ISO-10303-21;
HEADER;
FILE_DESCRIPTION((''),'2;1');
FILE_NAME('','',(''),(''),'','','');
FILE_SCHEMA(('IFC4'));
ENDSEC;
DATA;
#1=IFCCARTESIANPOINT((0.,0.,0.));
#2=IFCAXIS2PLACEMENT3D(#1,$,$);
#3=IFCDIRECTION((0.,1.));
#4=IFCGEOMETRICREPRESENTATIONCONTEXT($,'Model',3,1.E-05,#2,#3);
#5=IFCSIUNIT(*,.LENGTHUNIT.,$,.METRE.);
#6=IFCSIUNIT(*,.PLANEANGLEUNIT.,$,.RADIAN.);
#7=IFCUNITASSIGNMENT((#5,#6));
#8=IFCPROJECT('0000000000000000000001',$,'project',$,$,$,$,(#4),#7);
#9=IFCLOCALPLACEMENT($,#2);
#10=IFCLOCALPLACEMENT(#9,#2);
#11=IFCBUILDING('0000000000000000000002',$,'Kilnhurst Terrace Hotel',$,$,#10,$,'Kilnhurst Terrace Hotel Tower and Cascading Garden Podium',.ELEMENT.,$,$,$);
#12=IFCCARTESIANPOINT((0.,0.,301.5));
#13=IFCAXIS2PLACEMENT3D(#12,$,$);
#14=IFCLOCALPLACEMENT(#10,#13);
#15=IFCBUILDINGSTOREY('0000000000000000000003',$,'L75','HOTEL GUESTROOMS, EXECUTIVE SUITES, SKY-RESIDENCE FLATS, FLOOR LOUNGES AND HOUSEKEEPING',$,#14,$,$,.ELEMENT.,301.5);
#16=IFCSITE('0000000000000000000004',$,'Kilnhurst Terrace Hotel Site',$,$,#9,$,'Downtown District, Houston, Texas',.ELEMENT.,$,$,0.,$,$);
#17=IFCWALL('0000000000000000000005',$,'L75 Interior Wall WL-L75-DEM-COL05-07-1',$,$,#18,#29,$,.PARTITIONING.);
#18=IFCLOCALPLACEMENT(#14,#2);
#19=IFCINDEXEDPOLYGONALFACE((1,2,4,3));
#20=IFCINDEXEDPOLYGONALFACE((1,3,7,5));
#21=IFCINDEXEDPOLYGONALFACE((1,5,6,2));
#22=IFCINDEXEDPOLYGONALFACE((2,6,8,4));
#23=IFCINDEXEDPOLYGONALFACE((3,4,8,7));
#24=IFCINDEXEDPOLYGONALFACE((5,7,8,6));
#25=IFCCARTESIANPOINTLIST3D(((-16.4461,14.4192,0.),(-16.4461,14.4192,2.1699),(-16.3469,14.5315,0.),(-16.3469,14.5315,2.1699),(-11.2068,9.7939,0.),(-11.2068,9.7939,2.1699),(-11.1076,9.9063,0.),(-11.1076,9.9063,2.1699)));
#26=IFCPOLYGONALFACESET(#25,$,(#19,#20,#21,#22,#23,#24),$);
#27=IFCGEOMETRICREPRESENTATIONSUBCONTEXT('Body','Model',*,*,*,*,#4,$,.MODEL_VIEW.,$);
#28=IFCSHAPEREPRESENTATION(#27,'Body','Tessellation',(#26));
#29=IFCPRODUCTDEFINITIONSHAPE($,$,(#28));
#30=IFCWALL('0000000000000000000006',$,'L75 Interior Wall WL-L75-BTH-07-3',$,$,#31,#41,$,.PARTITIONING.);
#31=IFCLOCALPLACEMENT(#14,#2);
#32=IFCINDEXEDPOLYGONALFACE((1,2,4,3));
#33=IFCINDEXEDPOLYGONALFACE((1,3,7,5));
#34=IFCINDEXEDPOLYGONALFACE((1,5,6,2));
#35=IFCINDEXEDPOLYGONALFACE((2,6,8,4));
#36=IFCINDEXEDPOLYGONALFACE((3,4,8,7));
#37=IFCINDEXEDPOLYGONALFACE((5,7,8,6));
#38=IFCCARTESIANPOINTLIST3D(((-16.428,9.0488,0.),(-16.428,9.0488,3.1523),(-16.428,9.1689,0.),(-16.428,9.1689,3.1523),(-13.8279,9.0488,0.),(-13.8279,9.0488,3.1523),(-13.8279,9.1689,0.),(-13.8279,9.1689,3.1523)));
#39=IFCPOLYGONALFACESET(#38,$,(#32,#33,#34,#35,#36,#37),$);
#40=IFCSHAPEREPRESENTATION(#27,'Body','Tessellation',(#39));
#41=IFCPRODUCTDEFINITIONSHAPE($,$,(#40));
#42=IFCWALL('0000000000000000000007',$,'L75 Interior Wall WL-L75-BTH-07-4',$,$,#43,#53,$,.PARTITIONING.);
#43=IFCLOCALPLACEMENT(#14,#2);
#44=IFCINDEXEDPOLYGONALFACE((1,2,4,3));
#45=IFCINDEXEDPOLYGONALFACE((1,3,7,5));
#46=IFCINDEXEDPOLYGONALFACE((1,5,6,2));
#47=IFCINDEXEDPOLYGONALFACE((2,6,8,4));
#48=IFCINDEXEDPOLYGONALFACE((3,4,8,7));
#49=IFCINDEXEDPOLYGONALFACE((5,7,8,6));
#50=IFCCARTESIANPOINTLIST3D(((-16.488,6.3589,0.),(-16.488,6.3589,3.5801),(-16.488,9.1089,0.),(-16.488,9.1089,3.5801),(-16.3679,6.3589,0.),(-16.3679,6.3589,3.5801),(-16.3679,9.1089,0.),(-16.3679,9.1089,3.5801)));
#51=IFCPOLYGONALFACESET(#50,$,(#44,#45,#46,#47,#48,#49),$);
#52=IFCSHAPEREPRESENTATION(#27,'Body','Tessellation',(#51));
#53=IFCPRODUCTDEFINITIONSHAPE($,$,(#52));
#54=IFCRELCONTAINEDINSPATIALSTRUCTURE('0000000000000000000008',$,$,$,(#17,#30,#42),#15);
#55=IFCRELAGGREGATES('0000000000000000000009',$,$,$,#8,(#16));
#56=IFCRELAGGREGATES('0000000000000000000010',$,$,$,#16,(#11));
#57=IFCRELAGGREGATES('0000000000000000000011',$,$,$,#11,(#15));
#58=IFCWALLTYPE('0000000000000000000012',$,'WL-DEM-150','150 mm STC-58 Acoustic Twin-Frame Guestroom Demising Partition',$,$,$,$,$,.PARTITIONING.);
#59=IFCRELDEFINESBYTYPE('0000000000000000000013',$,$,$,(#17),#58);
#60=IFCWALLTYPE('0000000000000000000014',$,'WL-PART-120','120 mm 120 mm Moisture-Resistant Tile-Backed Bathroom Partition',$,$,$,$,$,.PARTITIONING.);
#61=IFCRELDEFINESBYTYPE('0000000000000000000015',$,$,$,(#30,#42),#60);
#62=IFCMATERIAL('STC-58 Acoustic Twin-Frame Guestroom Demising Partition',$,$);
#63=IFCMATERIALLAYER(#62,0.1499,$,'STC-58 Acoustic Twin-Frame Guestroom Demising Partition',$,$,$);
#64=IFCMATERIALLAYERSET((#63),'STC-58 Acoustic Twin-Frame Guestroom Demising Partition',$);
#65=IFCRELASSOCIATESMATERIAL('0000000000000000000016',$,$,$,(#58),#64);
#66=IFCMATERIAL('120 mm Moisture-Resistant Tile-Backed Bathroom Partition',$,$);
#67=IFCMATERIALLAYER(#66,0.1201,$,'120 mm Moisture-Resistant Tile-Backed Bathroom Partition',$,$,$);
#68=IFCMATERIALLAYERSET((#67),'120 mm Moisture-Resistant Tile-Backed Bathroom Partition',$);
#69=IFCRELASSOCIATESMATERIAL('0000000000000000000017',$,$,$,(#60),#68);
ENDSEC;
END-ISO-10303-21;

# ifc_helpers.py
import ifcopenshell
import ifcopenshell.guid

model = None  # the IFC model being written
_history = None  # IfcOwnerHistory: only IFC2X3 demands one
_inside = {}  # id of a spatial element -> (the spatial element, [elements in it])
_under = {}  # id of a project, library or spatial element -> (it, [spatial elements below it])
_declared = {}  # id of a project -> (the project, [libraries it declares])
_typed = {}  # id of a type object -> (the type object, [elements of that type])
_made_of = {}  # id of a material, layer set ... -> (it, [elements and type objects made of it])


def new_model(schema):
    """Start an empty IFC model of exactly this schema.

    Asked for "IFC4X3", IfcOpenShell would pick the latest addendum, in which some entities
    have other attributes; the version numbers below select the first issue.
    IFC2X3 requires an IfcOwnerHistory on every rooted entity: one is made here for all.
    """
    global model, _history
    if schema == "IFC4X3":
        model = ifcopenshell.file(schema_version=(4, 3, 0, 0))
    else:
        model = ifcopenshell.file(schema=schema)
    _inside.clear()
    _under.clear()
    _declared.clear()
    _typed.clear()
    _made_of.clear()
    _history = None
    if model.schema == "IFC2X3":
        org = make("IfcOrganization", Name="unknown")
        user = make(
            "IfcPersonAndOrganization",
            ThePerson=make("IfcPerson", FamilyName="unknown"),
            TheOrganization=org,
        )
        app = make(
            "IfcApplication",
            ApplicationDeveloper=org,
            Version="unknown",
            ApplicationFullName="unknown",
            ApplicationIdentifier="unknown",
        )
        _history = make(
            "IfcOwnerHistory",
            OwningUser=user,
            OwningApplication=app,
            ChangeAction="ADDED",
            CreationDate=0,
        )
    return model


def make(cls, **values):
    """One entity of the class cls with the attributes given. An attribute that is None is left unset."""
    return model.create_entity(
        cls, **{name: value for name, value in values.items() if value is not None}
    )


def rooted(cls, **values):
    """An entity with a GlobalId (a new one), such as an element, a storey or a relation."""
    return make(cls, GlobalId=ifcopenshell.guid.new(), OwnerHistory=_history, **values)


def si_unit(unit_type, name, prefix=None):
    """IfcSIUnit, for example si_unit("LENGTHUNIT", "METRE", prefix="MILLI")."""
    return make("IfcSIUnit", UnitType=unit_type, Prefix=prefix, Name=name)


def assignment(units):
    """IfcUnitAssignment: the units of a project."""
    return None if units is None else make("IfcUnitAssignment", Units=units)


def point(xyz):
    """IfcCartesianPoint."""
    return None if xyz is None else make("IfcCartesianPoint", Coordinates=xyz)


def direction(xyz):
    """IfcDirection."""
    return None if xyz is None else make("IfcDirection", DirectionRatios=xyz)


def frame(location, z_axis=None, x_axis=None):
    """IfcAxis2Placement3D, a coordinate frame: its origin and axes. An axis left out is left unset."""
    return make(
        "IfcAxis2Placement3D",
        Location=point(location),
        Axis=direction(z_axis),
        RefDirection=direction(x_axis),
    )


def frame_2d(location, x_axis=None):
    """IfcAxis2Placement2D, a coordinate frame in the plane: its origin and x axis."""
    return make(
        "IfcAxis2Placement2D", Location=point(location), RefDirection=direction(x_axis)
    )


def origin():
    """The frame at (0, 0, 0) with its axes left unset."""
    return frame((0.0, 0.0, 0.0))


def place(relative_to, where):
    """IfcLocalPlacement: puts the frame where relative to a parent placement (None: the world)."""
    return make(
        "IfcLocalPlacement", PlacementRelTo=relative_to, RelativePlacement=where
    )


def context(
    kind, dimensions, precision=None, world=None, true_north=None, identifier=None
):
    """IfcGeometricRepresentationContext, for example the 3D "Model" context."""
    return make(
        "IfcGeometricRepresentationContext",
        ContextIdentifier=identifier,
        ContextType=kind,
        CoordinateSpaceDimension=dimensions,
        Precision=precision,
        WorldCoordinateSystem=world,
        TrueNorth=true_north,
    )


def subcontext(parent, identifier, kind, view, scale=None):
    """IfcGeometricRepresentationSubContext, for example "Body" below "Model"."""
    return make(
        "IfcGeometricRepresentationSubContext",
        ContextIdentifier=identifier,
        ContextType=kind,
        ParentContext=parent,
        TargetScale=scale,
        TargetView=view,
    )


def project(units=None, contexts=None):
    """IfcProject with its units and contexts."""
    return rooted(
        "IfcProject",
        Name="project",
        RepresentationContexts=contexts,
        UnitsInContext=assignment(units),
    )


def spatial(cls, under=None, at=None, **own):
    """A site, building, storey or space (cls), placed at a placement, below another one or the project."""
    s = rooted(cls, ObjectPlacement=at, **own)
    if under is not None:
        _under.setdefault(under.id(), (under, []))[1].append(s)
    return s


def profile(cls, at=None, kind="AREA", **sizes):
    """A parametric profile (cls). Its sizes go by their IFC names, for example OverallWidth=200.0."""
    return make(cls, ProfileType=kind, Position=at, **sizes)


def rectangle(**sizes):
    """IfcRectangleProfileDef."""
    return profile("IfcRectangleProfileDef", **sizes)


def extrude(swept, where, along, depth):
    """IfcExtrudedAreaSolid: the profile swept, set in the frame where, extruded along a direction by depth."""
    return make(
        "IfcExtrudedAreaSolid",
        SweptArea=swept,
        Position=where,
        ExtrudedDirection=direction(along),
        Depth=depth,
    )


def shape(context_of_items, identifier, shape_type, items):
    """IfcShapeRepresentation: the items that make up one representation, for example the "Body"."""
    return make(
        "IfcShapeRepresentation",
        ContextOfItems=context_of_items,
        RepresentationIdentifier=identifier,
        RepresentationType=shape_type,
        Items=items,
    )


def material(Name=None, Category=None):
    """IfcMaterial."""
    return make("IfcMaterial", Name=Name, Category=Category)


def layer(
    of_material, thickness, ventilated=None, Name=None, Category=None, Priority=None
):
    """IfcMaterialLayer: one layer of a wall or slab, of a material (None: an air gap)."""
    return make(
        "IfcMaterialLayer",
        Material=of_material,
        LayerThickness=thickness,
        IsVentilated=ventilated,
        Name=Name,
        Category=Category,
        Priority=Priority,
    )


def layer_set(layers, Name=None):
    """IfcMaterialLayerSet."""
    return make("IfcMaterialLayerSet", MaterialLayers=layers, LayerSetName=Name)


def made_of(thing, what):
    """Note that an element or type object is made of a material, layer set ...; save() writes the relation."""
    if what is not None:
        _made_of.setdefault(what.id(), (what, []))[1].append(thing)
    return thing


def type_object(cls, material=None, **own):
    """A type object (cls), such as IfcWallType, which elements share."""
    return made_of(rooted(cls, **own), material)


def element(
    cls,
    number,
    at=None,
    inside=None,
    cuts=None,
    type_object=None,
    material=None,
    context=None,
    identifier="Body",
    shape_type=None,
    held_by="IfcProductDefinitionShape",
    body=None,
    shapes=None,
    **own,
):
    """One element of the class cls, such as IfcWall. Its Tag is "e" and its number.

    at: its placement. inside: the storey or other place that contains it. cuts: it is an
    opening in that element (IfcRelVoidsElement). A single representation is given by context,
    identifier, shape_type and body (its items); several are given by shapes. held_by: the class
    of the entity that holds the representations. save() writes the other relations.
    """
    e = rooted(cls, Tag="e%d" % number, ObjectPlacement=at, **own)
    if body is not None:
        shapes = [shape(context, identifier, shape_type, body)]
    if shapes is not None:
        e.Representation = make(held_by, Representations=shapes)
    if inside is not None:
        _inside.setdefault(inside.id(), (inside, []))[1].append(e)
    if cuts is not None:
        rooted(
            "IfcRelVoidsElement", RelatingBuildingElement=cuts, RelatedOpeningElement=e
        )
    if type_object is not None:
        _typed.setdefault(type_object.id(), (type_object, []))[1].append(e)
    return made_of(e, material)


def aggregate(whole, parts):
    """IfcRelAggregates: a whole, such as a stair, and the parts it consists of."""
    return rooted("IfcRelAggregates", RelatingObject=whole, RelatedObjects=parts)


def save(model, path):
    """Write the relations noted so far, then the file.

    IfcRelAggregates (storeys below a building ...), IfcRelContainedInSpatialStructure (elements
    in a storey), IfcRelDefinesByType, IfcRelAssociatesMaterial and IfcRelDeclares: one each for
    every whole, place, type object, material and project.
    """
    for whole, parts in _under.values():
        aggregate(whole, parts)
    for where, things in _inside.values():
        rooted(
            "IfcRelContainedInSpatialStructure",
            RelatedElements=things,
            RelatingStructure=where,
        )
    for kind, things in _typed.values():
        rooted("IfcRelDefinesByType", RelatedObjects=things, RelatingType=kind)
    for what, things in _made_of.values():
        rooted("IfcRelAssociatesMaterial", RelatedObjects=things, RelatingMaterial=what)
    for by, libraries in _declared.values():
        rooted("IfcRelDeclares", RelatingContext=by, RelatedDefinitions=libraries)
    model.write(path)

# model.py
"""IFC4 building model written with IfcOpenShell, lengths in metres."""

from ifc_helpers import new_model, si_unit, direction, frame, frame_2d, origin, place, context, subcontext, project, spatial, rectangle, extrude, material, layer, layer_set, type_object, element, save


model = new_model("IFC4")

# Units and contexts
model_context = context("Model", 3, precision=1e-05, world=origin(), true_north=direction((0.0, 1.0)))
body_context = subcontext(model_context, "Body", "Model", "MODEL_VIEW")
ifc_project = project(units=[si_unit("LENGTHUNIT", "METRE"), si_unit("PLANEANGLEUNIT", "RADIAN")], contexts=[model_context])

# Site, building, storey
site_placement = place(None, origin())
site = spatial("IfcSite", under=ifc_project, at=site_placement, Name="Kilnhurst Terrace Hotel Site", LongName="Downtown District, Houston, Texas", CompositionType="ELEMENT", RefElevation=0.0)
building_placement = place(site_placement, origin())
building = spatial("IfcBuilding", under=site, at=building_placement, Name="Kilnhurst Terrace Hotel", LongName="Kilnhurst Terrace Hotel Tower and Cascading Garden Podium", CompositionType="ELEMENT")
storey_placement = place(building_placement, frame((0.0, 0.0, 301.5)))
storey = spatial("IfcBuildingStorey", under=building, at=storey_placement, Name="L75", Description="HOTEL GUESTROOMS, EXECUTIVE SUITES, SKY-RESIDENCE FLATS, FLOOR LOUNGES AND HOUSEKEEPING", CompositionType="ELEMENT", Elevation=301.5)

# Walls
ifc_material_1 = material(Name="STC-58 Acoustic Twin-Frame Guestroom Demising Partition")
ifc_layer_1 = layer(ifc_material_1, 0.1499, Name="STC-58 Acoustic Twin-Frame Guestroom Demising Partition")
ifc_layer_set_1 = layer_set([ifc_layer_1], Name="STC-58 Acoustic Twin-Frame Guestroom Demising Partition")
wall_type_1 = type_object("IfcWallType", Name="WL-DEM-150", Description="150 mm STC-58 Acoustic Twin-Frame Guestroom Demising Partition", PredefinedType="PARTITIONING", material=ifc_layer_set_1)
wall_1_placement = place(storey_placement, frame((-11.1572, 9.8501, 0.0), z_axis=(0.0, 0.0, 1.0), x_axis=(-0.74967, 0.661812, 0.0)))
element("IfcWall", 1, at=wall_1_placement, inside=storey, type_object=wall_type_1, Name="L75 Interior Wall WL-L75-DEM-COL05-07-1", PredefinedType="PARTITIONING", context=body_context, shape_type="SweptSolid", body=[
    extrude(rectangle(XDim=6.9888, YDim=0.1499, at=frame_2d((3.4944, 0.0))), origin(), (0.0, 0.0, 1.0), 2.1699),
])
ifc_material_2 = material(Name="120 mm Moisture-Resistant Tile-Backed Bathroom Partition")
ifc_layer_2 = layer(ifc_material_2, 0.1201, Name="120 mm Moisture-Resistant Tile-Backed Bathroom Partition")
ifc_layer_set_2 = layer_set([ifc_layer_2], Name="120 mm Moisture-Resistant Tile-Backed Bathroom Partition")
wall_type_2 = type_object("IfcWallType", Name="WL-PART-120", Description="120 mm 120 mm Moisture-Resistant Tile-Backed Bathroom Partition", PredefinedType="PARTITIONING", material=ifc_layer_set_2)
wall_2_placement = place(storey_placement, frame((-13.8279, 9.1089, 0.0), z_axis=(0.0, 0.0, 1.0), x_axis=(-1.0, 0.0, 0.0)))
element("IfcWall", 2, at=wall_2_placement, inside=storey, type_object=wall_type_2, Name="L75 Interior Wall WL-L75-BTH-07-3", PredefinedType="PARTITIONING", context=body_context, shape_type="SweptSolid", body=[
    extrude(rectangle(XDim=2.6001, YDim=0.1201, at=frame_2d((1.3, 0.0))), origin(), (0.0, 0.0, 1.0), 3.1523),
])
wall_3_placement = place(storey_placement, frame((-16.428, 9.1089, 0.0), z_axis=(0.0, 0.0, 1.0), x_axis=(0.0, -1.0, 0.0)))
element("IfcWall", 3, at=wall_3_placement, inside=storey, type_object=wall_type_2, Name="L75 Interior Wall WL-L75-BTH-07-4", PredefinedType="PARTITIONING", context=body_context, shape_type="SweptSolid", body=[
    extrude(rectangle(XDim=2.75, YDim=0.1201, at=frame_2d((1.375, 0.0))), origin(), (0.0, 0.0, 1.0), 3.5801),
])

save(model, "model.ifc")
